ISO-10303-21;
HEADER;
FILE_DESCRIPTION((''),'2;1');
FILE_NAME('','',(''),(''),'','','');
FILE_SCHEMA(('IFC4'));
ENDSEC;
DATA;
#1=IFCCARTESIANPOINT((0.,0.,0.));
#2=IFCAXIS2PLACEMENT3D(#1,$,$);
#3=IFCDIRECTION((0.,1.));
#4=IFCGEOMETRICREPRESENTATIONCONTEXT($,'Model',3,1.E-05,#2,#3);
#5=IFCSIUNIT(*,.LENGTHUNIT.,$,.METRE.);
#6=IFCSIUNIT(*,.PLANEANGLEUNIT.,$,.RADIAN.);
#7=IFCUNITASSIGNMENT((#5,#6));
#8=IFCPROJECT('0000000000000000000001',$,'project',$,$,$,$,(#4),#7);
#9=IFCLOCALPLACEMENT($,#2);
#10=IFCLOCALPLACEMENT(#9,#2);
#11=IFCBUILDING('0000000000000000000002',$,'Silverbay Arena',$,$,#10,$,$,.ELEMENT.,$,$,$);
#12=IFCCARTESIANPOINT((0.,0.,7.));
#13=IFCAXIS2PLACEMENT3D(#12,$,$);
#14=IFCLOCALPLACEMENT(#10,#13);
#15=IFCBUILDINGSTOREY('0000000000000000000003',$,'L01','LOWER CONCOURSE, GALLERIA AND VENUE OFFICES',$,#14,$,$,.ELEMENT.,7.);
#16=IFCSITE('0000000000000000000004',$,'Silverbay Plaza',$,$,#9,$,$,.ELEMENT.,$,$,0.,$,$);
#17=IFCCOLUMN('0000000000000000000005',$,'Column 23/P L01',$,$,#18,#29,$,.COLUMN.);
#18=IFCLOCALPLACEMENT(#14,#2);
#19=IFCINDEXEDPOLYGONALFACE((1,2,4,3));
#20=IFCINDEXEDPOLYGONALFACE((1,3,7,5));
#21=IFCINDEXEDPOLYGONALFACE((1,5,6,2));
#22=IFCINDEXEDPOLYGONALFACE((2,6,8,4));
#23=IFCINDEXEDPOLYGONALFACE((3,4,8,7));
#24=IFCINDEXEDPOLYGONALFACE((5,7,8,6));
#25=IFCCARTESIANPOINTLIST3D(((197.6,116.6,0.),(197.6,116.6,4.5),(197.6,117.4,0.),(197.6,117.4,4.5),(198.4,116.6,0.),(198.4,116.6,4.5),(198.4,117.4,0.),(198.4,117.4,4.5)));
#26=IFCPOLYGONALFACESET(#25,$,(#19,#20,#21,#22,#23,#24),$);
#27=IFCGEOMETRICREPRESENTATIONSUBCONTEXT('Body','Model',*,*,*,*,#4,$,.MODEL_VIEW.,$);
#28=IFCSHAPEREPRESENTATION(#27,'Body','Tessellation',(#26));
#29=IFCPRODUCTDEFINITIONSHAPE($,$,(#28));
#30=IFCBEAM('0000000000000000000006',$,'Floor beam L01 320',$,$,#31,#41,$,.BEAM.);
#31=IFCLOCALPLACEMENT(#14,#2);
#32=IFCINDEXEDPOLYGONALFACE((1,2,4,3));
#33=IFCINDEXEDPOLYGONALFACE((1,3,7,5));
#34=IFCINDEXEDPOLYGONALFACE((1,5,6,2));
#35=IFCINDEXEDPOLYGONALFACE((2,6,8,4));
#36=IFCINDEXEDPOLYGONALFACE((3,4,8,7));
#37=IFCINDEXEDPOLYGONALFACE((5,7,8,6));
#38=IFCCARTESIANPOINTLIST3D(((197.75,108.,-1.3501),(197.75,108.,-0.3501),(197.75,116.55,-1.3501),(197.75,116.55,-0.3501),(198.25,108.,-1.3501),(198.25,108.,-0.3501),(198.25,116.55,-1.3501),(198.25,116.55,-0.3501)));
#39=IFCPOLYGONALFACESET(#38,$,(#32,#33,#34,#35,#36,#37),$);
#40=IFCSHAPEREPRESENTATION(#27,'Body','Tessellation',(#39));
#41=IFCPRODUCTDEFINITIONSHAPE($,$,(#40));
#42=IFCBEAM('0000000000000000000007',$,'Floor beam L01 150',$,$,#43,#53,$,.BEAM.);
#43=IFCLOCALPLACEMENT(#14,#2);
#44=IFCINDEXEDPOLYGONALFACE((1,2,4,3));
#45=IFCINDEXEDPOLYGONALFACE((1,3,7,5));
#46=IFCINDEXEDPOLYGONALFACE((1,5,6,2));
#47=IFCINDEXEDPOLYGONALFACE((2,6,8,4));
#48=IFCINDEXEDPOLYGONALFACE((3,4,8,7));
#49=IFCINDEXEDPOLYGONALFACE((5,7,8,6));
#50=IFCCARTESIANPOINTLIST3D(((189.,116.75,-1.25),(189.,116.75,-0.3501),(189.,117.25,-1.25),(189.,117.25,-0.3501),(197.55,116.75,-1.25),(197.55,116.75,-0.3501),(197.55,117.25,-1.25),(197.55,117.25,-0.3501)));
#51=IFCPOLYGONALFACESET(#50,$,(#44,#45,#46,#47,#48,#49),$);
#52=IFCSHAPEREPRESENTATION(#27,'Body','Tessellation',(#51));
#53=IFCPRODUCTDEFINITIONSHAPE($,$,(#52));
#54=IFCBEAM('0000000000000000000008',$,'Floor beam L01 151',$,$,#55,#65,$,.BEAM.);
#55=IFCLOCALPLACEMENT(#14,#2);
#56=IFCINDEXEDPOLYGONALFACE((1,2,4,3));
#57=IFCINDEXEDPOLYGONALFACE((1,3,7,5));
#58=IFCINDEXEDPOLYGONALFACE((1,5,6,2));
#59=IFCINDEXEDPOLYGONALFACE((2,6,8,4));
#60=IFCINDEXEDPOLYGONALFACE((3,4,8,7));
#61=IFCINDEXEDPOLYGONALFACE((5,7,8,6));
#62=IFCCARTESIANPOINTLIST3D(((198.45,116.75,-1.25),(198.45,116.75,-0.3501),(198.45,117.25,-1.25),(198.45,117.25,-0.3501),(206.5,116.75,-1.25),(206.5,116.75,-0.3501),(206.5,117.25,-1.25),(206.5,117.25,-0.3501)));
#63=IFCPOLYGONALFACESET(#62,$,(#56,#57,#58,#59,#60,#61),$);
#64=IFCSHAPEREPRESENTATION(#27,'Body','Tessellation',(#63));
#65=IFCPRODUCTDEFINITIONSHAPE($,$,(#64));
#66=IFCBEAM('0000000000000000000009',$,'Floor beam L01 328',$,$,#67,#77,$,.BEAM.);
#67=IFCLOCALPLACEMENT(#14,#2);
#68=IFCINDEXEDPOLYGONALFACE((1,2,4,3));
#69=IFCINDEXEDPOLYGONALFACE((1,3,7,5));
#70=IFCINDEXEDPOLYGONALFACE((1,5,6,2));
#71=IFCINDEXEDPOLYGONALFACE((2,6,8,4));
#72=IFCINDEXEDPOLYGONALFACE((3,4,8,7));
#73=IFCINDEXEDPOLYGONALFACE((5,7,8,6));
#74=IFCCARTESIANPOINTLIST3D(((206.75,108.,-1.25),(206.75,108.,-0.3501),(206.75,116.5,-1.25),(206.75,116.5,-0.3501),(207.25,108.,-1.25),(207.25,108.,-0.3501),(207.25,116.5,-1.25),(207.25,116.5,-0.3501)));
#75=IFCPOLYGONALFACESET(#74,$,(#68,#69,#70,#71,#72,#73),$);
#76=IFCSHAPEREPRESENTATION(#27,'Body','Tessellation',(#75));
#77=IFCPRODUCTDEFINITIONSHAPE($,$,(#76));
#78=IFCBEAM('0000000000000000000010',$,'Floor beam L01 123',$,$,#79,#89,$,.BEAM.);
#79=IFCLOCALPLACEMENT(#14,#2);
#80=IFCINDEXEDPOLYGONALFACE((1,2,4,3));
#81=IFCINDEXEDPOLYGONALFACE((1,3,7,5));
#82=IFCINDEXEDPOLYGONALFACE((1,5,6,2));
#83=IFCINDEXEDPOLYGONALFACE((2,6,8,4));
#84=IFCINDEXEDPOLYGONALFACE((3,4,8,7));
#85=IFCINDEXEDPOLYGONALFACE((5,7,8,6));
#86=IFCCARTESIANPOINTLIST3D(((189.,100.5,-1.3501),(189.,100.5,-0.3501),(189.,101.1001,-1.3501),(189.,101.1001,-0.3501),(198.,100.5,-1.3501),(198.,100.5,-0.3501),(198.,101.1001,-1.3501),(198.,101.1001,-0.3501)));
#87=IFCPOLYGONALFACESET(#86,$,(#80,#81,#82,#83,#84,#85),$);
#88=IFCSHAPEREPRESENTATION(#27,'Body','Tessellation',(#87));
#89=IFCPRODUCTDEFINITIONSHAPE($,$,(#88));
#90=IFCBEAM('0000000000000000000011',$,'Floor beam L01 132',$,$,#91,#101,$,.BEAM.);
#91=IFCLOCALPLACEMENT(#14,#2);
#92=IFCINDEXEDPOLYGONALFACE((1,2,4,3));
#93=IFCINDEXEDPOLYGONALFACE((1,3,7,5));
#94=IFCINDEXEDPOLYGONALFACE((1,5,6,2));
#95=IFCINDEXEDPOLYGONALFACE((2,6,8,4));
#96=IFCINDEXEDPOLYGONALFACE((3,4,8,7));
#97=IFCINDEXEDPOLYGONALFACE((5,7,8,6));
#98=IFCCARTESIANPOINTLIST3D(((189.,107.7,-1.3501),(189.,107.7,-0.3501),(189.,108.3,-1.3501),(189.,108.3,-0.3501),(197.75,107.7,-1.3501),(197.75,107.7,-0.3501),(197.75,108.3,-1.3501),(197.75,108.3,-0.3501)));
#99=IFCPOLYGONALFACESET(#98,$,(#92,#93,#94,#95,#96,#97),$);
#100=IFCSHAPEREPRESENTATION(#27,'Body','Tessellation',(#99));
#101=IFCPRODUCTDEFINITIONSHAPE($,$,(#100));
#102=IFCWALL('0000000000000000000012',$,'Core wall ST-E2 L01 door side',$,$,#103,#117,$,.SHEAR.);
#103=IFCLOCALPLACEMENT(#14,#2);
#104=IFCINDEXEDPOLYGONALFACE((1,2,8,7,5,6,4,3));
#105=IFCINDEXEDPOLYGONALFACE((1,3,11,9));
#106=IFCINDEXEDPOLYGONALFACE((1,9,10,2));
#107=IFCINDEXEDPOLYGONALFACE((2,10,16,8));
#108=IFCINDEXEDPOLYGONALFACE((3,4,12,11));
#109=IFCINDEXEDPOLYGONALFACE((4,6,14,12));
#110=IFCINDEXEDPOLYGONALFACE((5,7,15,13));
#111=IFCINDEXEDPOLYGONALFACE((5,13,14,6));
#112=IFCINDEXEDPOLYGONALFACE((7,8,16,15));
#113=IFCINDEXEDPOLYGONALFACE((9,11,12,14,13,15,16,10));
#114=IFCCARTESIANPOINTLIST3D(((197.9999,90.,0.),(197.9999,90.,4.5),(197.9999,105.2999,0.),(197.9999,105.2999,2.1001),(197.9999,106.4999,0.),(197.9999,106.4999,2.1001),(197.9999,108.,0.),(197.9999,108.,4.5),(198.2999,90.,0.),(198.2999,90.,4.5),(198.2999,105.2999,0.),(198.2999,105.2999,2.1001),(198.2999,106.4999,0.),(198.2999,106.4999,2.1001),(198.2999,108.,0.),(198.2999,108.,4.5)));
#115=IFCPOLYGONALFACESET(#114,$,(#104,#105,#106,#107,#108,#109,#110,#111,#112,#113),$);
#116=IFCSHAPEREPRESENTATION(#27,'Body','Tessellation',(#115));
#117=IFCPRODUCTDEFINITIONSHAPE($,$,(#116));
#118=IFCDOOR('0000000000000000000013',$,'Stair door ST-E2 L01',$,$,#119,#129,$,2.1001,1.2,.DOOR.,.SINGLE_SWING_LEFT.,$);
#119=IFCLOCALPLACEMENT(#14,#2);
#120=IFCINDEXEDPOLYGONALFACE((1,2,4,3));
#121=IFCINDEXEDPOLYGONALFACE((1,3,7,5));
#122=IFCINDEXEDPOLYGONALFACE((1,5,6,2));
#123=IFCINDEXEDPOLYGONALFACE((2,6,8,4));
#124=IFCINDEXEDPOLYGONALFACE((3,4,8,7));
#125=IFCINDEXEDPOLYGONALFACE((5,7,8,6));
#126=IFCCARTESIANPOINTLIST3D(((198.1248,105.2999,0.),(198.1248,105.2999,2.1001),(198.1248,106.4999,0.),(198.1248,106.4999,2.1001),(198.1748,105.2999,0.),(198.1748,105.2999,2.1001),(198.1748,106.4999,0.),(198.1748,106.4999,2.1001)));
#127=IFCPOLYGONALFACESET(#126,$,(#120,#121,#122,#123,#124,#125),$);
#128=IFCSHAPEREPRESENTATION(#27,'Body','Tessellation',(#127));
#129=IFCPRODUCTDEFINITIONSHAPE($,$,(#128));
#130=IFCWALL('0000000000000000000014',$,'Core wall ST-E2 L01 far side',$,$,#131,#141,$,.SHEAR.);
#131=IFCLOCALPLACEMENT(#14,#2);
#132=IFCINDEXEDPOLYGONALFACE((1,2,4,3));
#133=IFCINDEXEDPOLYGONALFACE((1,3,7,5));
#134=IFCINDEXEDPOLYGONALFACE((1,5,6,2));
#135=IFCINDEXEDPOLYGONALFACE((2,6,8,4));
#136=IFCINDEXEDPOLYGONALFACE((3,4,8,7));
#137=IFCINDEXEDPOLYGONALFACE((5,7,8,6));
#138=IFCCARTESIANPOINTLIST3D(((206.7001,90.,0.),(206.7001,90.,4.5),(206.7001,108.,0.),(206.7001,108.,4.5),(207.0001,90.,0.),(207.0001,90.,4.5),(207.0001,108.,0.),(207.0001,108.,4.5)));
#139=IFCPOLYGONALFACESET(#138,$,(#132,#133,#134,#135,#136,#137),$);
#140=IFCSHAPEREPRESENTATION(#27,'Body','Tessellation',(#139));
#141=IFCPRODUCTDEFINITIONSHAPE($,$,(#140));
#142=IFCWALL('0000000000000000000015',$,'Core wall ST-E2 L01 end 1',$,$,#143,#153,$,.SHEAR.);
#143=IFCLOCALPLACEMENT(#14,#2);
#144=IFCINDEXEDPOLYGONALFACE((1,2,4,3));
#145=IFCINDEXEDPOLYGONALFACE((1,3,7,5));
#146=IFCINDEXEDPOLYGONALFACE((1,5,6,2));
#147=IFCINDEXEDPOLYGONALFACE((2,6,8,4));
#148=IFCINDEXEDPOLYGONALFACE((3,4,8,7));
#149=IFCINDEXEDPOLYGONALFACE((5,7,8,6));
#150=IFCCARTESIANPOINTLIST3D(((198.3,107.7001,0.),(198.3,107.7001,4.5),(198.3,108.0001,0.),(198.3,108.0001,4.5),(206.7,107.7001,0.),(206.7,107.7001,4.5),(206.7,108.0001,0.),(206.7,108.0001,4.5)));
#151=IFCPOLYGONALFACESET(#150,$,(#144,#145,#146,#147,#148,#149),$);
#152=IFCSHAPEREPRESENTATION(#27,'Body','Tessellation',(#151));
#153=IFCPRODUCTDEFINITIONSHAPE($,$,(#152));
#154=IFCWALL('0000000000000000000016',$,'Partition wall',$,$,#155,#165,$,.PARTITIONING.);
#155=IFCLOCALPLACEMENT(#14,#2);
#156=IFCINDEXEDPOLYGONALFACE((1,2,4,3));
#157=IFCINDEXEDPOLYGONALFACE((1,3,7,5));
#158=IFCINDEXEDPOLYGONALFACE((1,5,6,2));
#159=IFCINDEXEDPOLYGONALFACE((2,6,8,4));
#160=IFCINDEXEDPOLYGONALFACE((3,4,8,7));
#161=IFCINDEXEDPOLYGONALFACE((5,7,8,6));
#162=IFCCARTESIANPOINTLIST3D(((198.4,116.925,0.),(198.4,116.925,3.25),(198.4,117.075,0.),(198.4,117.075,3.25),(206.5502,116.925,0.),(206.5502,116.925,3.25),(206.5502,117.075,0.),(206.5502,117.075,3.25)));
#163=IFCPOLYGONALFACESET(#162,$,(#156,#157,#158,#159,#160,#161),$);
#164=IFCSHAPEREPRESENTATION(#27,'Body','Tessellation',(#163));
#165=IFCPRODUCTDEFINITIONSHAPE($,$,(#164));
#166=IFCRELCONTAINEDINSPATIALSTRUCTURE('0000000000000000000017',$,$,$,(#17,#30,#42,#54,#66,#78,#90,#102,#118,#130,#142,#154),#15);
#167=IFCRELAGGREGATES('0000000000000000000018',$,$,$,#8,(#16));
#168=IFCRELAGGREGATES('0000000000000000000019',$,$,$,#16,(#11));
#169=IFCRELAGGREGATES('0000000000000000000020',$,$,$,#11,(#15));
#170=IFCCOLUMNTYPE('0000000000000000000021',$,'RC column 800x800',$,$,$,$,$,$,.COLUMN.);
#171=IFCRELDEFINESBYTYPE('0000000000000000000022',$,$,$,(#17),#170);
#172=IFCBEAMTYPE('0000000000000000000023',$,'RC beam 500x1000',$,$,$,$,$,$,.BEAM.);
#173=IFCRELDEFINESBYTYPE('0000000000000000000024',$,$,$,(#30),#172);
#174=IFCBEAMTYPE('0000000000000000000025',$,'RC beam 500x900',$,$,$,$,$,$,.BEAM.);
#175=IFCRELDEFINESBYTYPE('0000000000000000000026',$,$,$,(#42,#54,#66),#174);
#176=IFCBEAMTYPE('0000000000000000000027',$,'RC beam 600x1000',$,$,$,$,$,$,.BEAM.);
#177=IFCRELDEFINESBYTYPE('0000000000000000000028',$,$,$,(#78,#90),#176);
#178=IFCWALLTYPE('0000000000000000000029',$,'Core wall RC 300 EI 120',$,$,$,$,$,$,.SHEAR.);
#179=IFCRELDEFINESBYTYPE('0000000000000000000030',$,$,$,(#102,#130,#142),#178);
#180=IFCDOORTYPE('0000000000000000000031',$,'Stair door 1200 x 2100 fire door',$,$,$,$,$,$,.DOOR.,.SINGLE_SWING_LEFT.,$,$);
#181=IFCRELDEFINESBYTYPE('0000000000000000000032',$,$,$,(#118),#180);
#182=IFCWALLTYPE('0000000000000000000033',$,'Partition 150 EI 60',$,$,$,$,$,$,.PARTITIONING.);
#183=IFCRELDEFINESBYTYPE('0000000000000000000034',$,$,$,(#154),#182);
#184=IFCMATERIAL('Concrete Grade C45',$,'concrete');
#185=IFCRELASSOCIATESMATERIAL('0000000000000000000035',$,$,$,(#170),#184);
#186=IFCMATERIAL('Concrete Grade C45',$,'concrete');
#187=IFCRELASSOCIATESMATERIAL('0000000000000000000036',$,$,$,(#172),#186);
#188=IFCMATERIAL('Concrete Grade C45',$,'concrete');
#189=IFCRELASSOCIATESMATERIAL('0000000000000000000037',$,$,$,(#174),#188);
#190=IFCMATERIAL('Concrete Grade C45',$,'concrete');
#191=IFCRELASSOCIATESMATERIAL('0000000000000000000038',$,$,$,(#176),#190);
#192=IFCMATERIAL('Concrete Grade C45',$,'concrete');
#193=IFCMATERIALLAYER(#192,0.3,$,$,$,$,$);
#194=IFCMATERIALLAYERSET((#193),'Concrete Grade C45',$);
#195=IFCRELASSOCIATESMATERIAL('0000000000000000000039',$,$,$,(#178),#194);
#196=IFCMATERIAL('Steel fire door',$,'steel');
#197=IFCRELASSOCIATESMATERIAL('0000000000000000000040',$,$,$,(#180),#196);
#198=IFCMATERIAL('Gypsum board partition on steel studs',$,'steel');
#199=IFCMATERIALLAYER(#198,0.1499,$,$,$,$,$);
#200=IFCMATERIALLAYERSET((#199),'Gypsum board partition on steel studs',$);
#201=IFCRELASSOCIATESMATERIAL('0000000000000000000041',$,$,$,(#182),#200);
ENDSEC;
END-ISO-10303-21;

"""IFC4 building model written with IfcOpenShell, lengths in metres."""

from ifc_helpers import new_model, si_unit, direction, frame, frame_2d, origin, origin_2d, place, context, subcontext, project, spatial, rectangle, extrude, material, layer, layer_set, material_profile, profile_set, type_object, element, fill, save


model = new_model("IFC4")

# Units and contexts
model_context = context("Model", 3, precision=1e-05, world=origin(), true_north=direction((0.0, 1.0)))
body_context = subcontext(model_context, "Body", "Model", "MODEL_VIEW")
ifc_project = project(units=[si_unit("LENGTHUNIT", "METRE"), si_unit("PLANEANGLEUNIT", "RADIAN")], contexts=[model_context])

# Site, building, storey
site_placement = place(None, origin())
site = spatial("IfcSite", under=ifc_project, at=site_placement, Name="Silverbay Plaza", CompositionType="ELEMENT", RefElevation=0.0)
building_placement = place(site_placement, origin())
building = spatial("IfcBuilding", under=site, at=building_placement, Name="Silverbay Arena", CompositionType="ELEMENT")
storey_placement = place(building_placement, frame((0.0, 0.0, 7.0)))
storey = spatial("IfcBuildingStorey", under=building, at=storey_placement, Name="L01", Description="LOWER CONCOURSE, GALLERIA AND VENUE OFFICES", CompositionType="ELEMENT", Elevation=7.0)

# Column
ifc_material_1 = material(Name="Concrete Grade C45", Category="concrete")
ifc_material_profile_1 = material_profile(ifc_material_1, rectangle(XDim=0.8, YDim=0.8, at=origin_2d()), Name="RC 800x800")
ifc_profile_set_1 = profile_set([ifc_material_profile_1], Name="Concrete Grade C45")
column_type = type_object("IfcColumnType", Name="RC column 800x800", PredefinedType="COLUMN", material=ifc_profile_set_1)
column_placement = place(storey_placement, frame((198.0, 117.0, 0.0), z_axis=(0.0, 0.0, 1.0), x_axis=(1.0, 0.0, 0.0)))
element("IfcColumn", 1, at=column_placement, inside=storey, type_object=column_type, Name="Column 23/P L01", PredefinedType="COLUMN", context=body_context, shape_type="SweptSolid", body=[
    extrude(rectangle(XDim=0.8, YDim=0.8, at=origin_2d()), origin(), (0.0, 0.0, 1.0), 4.5),
])

# Beams
ifc_material_2 = material(Name="Concrete Grade C45", Category="concrete")
ifc_material_profile_2 = material_profile(ifc_material_2, rectangle(XDim=0.5, YDim=1.0, at=origin_2d()), Name="RC 500x1000")
ifc_profile_set_2 = profile_set([ifc_material_profile_2], Name="Concrete Grade C45")
beam_type_1 = type_object("IfcBeamType", Name="RC beam 500x1000", PredefinedType="BEAM", material=ifc_profile_set_2)
beam_1_placement = place(storey_placement, frame((198.0, 108.0, -0.8501), z_axis=(0.0, 1.0, 0.0), x_axis=(-1.0, 0.0, 0.0)))
element("IfcBeam", 2, at=beam_1_placement, inside=storey, type_object=beam_type_1, Name="Floor beam L01 320", PredefinedType="BEAM", context=body_context, shape_type="SweptSolid", body=[
    extrude(rectangle(XDim=0.5, YDim=1.0, at=origin_2d()), origin(), (0.0, 0.0, 1.0), 8.55),
])
ifc_material_3 = material(Name="Concrete Grade C45", Category="concrete")
ifc_material_profile_3 = material_profile(ifc_material_3, rectangle(XDim=0.5, YDim=0.8999, at=origin_2d()), Name="RC 500x900")
ifc_profile_set_3 = profile_set([ifc_material_profile_3], Name="Concrete Grade C45")
beam_type_2 = type_object("IfcBeamType", Name="RC beam 500x900", PredefinedType="BEAM", material=ifc_profile_set_3)
beam_2_placement = place(storey_placement, frame((189.0, 117.0, -0.8), z_axis=(1.0, 0.0, 0.0), x_axis=(0.0, 1.0, 0.0)))
element("IfcBeam", 3, at=beam_2_placement, inside=storey, type_object=beam_type_2, Name="Floor beam L01 150", PredefinedType="BEAM", context=body_context, shape_type="SweptSolid", body=[
    extrude(rectangle(XDim=0.5, YDim=0.8999, at=origin_2d()), origin(), (0.0, 0.0, 1.0), 8.55),
])
beam_3_placement = place(storey_placement, frame((198.45, 117.0, -0.8), z_axis=(1.0, 0.0, 0.0), x_axis=(0.0, 1.0, 0.0)))
element("IfcBeam", 4, at=beam_3_placement, inside=storey, type_object=beam_type_2, Name="Floor beam L01 151", PredefinedType="BEAM", context=body_context, shape_type="SweptSolid", body=[
    extrude(rectangle(XDim=0.5, YDim=0.8999, at=origin_2d()), origin(), (0.0, 0.0, 1.0), 8.05),
])
beam_4_placement = place(storey_placement, frame((207.0, 108.0, -0.8), z_axis=(0.0, 1.0, 0.0), x_axis=(-1.0, 0.0, 0.0)))
element("IfcBeam", 5, at=beam_4_placement, inside=storey, type_object=beam_type_2, Name="Floor beam L01 328", PredefinedType="BEAM", context=body_context, shape_type="SweptSolid", body=[
    extrude(rectangle(XDim=0.5, YDim=0.8999, at=origin_2d()), origin(), (0.0, 0.0, 1.0), 8.5),
])
ifc_material_4 = material(Name="Concrete Grade C45", Category="concrete")
ifc_material_profile_4 = material_profile(ifc_material_4, rectangle(XDim=0.6001, YDim=1.0, at=origin_2d()), Name="RC 600x1000")
ifc_profile_set_4 = profile_set([ifc_material_profile_4], Name="Concrete Grade C45")
beam_type_3 = type_object("IfcBeamType", Name="RC beam 600x1000", PredefinedType="BEAM", material=ifc_profile_set_4)
beam_5_placement = place(storey_placement, frame((189.0, 100.8, -0.8501), z_axis=(1.0, 0.0, 0.0), x_axis=(0.0, 1.0, 0.0)))
element("IfcBeam", 6, at=beam_5_placement, inside=storey, type_object=beam_type_3, Name="Floor beam L01 123", PredefinedType="BEAM", context=body_context, shape_type="SweptSolid", body=[
    extrude(rectangle(XDim=0.6001, YDim=1.0, at=origin_2d()), origin(), (0.0, 0.0, 1.0), 9.0),
])
beam_6_placement = place(storey_placement, frame((189.0, 108.0, -0.8501), z_axis=(1.0, 0.0, 0.0), x_axis=(0.0, 1.0, 0.0)))
element("IfcBeam", 7, at=beam_6_placement, inside=storey, type_object=beam_type_3, Name="Floor beam L01 132", PredefinedType="BEAM", context=body_context, shape_type="SweptSolid", body=[
    extrude(rectangle(XDim=0.6001, YDim=1.0, at=origin_2d()), origin(), (0.0, 0.0, 1.0), 8.75),
])

# Wall, opening, door
ifc_material_5 = material(Name="Concrete Grade C45", Category="concrete")
ifc_layer_1 = layer(ifc_material_5, 0.3)
ifc_layer_set_1 = layer_set([ifc_layer_1], Name="Concrete Grade C45")
wall_type_1 = type_object("IfcWallType", Name="Core wall RC 300 EI 120", PredefinedType="SHEAR", material=ifc_layer_set_1)
wall_1_placement = place(storey_placement, frame((198.1499, 108.0, 0.0), z_axis=(0.0, 0.0, 1.0), x_axis=(0.0, -1.0, 0.0)))
wall_1 = element("IfcWall", 8, at=wall_1_placement, inside=storey, type_object=wall_type_1, Name="Core wall ST-E2 L01 door side", PredefinedType="SHEAR", context=body_context, shape_type="SweptSolid", body=[
    extrude(rectangle(XDim=18.0, YDim=0.3, at=frame_2d((9.0, 0.0))), origin(), (0.0, 0.0, 1.0), 4.5),
])
opening_1_placement = place(wall_1_placement, frame((1.5, 0.0, 0.0)))
opening_1 = element("IfcOpeningElement", 9, at=opening_1_placement, cuts=wall_1, PredefinedType="OPENING", context=body_context, shape_type="SweptSolid", body=[
    extrude(rectangle(XDim=1.2, YDim=2.1001, at=frame_2d((0.6001, 1.05))), frame((0.0, 0.1602, 0.0), z_axis=(0.0, -1.0, 0.0), x_axis=(1.0, 0.0, 0.0)), (0.0, 0.0, 1.0), 0.3201),
])
ifc_material_6 = material(Name="Steel fire door", Category="steel")
door_type_1 = type_object("IfcDoorType", Name="Stair door 1200 x 2100 fire door", OperationType="SINGLE_SWING_LEFT", PredefinedType="DOOR", material=ifc_material_6)
door_1_placement = place(opening_1_placement, origin())
door_1 = element("IfcDoor", 10, at=door_1_placement, inside=storey, type_object=door_type_1, Name="Stair door ST-E2 L01", OperationType="SINGLE_SWING_LEFT", OverallHeight=2.1001, OverallWidth=1.2, PredefinedType="DOOR", context=body_context, shape_type="SweptSolid", body=[
    extrude(rectangle(XDim=1.2, YDim=2.1001, at=frame_2d((0.6001, 1.05))), frame((0.0, 0.0249, 0.0), z_axis=(0.0, -1.0, 0.0), x_axis=(1.0, 0.0, 0.0)), (0.0, 0.0, 1.0), 0.05),
])
fill(opening_1, door_1)

# Walls
wall_2_placement = place(storey_placement, frame((206.8501, 108.0, 0.0), z_axis=(0.0, 0.0, 1.0), x_axis=(0.0, -1.0, 0.0)))
element("IfcWall", 11, at=wall_2_placement, inside=storey, type_object=wall_type_1, Name="Core wall ST-E2 L01 far side", PredefinedType="SHEAR", context=body_context, shape_type="SweptSolid", body=[
    extrude(rectangle(XDim=18.0, YDim=0.3, at=frame_2d((9.0, 0.0))), origin(), (0.0, 0.0, 1.0), 4.5),
])
wall_3_placement = place(storey_placement, frame((198.3, 107.8501, 0.0), z_axis=(0.0, 0.0, 1.0), x_axis=(1.0, 0.0, 0.0)))
element("IfcWall", 12, at=wall_3_placement, inside=storey, type_object=wall_type_1, Name="Core wall ST-E2 L01 end 1", PredefinedType="SHEAR", context=body_context, shape_type="SweptSolid", body=[
    extrude(rectangle(XDim=8.3999, YDim=0.3, at=frame_2d((4.2, 0.0))), origin(), (0.0, 0.0, 1.0), 4.5),
])
ifc_material_7 = material(Name="Gypsum board partition on steel studs", Category="steel")
ifc_layer_2 = layer(ifc_material_7, 0.1499)
ifc_layer_set_2 = layer_set([ifc_layer_2], Name="Gypsum board partition on steel studs")
wall_type_2 = type_object("IfcWallType", Name="Partition 150 EI 60", PredefinedType="PARTITIONING", material=ifc_layer_set_2)
wall_4_placement = place(storey_placement, frame((198.3999, 117.0, 0.0), z_axis=(0.0, 0.0, 1.0), x_axis=(1.0, 0.0, 0.0)))
element("IfcWall", 13, at=wall_4_placement, inside=storey, type_object=wall_type_2, Name="Partition wall", PredefinedType="PARTITIONING", context=body_context, shape_type="SweptSolid", body=[
    extrude(rectangle(XDim=8.1501, YDim=0.1499, at=frame_2d((4.0752, 0.0))), origin(), (0.0, 0.0, 1.0), 3.25),
])

save(model, "model.ifc")
